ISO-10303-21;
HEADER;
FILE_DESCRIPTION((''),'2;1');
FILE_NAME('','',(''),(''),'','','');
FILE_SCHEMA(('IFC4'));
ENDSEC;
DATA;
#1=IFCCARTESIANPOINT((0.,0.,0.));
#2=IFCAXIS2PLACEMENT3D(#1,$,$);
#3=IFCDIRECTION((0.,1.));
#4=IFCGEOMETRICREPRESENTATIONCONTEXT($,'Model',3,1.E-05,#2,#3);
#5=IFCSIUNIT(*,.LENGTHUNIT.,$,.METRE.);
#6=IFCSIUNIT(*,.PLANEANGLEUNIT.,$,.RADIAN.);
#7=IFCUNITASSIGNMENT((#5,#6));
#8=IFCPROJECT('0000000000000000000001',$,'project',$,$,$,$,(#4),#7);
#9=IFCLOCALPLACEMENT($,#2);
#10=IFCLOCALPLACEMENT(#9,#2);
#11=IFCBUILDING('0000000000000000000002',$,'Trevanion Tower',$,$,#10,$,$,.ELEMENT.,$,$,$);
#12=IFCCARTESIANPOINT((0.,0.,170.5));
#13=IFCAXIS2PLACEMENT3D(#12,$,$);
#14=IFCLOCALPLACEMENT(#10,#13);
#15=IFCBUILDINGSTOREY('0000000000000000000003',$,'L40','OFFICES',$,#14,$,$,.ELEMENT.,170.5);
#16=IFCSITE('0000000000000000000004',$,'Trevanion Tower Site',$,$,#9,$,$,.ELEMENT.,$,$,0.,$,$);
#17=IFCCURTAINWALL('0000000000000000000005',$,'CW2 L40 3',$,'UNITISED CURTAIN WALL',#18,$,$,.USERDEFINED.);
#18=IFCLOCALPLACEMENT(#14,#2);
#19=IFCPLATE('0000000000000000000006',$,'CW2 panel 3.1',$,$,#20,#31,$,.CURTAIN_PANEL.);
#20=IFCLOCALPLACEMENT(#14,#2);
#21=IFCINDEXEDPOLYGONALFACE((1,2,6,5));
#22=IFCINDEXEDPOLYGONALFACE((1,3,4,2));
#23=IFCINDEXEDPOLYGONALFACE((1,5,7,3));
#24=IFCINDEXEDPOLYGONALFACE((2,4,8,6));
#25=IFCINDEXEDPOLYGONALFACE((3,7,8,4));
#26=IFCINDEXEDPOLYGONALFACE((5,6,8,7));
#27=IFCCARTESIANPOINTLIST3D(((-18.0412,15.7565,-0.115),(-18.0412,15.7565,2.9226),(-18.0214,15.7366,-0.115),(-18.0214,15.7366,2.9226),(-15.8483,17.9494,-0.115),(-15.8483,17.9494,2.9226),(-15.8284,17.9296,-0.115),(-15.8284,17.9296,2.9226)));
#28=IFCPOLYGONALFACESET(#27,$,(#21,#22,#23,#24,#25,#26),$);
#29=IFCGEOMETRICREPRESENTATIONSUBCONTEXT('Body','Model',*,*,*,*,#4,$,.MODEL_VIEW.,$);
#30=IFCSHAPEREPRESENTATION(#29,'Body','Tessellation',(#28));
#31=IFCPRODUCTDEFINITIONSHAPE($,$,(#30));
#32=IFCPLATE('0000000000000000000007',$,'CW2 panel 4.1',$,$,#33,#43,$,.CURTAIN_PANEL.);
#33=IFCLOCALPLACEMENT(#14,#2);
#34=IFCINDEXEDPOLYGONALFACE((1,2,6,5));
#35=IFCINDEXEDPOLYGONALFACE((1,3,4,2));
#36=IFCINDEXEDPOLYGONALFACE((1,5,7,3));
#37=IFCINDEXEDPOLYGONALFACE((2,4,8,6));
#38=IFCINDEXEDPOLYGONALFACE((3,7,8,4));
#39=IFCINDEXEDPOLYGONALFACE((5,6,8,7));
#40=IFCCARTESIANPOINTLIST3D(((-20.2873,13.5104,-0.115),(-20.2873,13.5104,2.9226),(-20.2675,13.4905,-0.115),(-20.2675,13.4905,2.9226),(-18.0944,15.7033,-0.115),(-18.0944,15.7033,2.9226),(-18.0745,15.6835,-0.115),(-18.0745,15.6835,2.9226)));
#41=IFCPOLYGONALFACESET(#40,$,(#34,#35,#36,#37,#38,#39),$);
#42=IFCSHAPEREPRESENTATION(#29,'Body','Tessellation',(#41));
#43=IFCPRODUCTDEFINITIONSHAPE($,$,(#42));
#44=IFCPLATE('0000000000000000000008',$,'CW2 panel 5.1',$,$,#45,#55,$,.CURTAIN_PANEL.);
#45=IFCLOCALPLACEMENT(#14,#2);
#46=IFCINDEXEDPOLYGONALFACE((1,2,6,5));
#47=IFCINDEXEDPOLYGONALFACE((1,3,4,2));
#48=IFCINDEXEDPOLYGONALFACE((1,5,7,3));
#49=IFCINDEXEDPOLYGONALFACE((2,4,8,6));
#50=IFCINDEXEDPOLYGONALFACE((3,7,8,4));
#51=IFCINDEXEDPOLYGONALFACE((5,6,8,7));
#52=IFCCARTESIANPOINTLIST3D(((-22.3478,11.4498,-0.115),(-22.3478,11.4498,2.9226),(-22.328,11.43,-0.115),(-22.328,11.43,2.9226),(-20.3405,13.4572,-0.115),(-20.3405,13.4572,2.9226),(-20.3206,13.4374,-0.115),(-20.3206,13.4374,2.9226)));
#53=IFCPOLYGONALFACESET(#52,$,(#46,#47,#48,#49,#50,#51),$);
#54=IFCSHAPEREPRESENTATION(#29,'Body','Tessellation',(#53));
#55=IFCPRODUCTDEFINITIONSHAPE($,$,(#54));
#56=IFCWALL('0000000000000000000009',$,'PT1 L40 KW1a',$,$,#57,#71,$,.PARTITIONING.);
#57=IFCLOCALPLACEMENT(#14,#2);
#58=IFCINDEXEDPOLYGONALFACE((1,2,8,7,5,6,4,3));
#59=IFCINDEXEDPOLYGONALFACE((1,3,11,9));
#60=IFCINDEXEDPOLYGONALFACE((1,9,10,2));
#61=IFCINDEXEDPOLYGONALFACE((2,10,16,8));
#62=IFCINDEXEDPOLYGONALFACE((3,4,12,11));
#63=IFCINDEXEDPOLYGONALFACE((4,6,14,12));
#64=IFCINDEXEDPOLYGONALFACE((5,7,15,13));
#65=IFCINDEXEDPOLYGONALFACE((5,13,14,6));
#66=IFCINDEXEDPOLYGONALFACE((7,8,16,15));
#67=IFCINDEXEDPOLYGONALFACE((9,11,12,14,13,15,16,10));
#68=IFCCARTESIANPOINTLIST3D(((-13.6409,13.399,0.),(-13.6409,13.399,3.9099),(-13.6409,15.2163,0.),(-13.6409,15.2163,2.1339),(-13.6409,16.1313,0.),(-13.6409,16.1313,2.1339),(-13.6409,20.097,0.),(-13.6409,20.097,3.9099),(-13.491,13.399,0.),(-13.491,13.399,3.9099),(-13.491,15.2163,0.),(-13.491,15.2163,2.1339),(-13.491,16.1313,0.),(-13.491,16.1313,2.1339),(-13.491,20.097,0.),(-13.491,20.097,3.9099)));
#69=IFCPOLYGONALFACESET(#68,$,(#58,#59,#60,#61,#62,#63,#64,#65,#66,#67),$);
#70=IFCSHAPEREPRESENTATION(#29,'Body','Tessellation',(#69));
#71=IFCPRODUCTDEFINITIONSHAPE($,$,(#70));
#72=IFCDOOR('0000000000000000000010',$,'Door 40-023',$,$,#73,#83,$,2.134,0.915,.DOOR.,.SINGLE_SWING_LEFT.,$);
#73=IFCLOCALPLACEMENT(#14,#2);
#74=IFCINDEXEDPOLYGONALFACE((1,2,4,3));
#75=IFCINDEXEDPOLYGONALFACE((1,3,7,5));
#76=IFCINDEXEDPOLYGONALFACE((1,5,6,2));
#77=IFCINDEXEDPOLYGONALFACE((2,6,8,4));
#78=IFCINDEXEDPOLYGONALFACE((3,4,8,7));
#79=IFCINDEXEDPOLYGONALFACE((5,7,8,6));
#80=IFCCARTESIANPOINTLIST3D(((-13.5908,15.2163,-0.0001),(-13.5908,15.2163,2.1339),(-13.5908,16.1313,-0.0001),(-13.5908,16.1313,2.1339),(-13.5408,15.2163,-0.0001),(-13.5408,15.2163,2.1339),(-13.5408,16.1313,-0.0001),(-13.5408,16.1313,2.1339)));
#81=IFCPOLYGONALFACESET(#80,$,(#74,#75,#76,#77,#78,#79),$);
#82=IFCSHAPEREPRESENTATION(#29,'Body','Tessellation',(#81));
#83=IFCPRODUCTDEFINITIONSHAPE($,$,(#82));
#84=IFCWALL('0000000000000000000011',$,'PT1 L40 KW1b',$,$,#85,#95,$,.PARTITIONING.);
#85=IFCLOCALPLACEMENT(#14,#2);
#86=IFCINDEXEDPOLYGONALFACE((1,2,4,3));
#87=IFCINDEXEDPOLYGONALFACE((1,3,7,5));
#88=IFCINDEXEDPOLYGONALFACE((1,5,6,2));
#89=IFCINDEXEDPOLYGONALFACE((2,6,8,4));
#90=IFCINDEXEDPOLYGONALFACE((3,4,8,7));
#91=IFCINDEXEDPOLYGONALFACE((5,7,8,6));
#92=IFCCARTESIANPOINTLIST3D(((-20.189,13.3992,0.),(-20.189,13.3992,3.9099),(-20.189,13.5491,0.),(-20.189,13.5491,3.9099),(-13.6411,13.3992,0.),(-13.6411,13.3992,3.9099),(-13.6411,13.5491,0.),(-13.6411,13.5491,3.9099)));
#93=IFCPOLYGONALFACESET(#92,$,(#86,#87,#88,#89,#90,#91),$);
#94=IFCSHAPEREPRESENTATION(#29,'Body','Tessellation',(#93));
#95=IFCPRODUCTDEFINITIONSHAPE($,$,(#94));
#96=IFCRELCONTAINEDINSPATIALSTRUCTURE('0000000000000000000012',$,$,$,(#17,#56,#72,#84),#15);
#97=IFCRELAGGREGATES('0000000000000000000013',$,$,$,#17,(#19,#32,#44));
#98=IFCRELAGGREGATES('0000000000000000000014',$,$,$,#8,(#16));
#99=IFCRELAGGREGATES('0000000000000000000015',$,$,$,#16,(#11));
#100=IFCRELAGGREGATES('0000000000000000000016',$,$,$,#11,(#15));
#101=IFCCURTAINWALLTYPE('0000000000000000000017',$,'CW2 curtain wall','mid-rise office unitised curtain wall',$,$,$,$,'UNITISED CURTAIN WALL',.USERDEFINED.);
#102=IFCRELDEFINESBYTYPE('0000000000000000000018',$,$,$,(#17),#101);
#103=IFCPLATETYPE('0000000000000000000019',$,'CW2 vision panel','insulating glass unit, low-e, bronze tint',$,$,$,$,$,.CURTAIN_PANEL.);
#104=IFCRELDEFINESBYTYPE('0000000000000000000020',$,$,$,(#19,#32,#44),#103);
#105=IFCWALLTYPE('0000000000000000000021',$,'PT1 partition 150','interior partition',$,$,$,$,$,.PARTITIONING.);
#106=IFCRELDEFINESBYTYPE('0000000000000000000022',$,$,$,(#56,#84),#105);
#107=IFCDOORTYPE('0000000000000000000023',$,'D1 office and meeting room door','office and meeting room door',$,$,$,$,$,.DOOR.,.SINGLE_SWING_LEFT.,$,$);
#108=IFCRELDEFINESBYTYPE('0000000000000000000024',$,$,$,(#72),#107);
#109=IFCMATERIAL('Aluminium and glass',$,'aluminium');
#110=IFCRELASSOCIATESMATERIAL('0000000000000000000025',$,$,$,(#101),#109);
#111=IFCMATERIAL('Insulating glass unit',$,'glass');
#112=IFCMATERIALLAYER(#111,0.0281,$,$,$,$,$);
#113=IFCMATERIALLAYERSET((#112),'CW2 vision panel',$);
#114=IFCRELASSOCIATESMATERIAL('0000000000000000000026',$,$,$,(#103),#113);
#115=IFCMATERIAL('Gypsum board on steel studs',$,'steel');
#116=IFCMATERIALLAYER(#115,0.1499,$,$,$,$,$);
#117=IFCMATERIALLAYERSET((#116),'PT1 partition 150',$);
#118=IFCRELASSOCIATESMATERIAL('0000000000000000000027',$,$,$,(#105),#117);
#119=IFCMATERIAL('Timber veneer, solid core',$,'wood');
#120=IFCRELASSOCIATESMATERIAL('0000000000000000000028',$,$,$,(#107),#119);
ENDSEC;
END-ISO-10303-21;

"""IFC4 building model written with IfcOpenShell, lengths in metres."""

from ifc_helpers import new_model, si_unit, direction, frame, frame_2d, origin, origin_2d, place, context, subcontext, project, spatial, rectangle, extrude, material, layer, layer_set, type_object, element, fill, aggregate, save


model = new_model("IFC4")

# Units and contexts
model_context = context("Model", 3, precision=1e-05, world=origin(), true_north=direction((0.0, 1.0)))
body_context = subcontext(model_context, "Body", "Model", "MODEL_VIEW")
ifc_project = project(units=[si_unit("LENGTHUNIT", "METRE"), si_unit("PLANEANGLEUNIT", "RADIAN")], contexts=[model_context])

# Site, building, storey
site_placement = place(None, origin())
site = spatial("IfcSite", under=ifc_project, at=site_placement, Name="Trevanion Tower Site", CompositionType="ELEMENT", RefElevation=0.0)
building_placement = place(site_placement, origin())
building = spatial("IfcBuilding", under=site, at=building_placement, Name="Trevanion Tower", CompositionType="ELEMENT")
storey_placement = place(building_placement, frame((0.0, 0.0, 170.5)))
storey = spatial("IfcBuildingStorey", under=building, at=storey_placement, Name="L40", Description="OFFICES", CompositionType="ELEMENT", Elevation=170.5)

# Curtain wall
ifc_material_1 = material(Name="Aluminium and glass", Category="aluminium")
curtain_wall_type = type_object("IfcCurtainWallType", Name="CW2 curtain wall", Description="mid-rise office unitised curtain wall", ElementType="UNITISED CURTAIN WALL", PredefinedType="USERDEFINED", material=ifc_material_1)
curtain_wall_1_placement = place(storey_placement, origin())
curtain_wall_1 = element("IfcCurtainWall", 1, at=curtain_wall_1_placement, inside=storey, type_object=curtain_wall_type, Name="CW2 L40 3", ObjectType="UNITISED CURTAIN WALL", PredefinedType="USERDEFINED")

# Plates
ifc_material_2 = material(Name="Insulating glass unit", Category="glass")
ifc_layer_1 = layer(ifc_material_2, 0.0281)
ifc_layer_set_1 = layer_set([ifc_layer_1], Name="CW2 vision panel")
plate_type_1 = type_object("IfcPlateType", Name="CW2 vision panel", Description="insulating glass unit, low-e, bronze tint", PredefinedType="CURTAIN_PANEL", material=ifc_layer_set_1)
plate_1_placement = place(storey_placement, frame((-16.9348, 16.843, -0.115), z_axis=(0.0, 0.0, 1.0), x_axis=(-0.707107, -0.707107, 0.0)))
plate_1 = element("IfcPlate", 2, at=plate_1_placement, type_object=plate_type_1, Name="CW2 panel 3.1", PredefinedType="CURTAIN_PANEL", context=body_context, shape_type="SweptSolid", body=[
    extrude(rectangle(XDim=3.1013, YDim=0.0281, at=origin_2d()), origin(), (0.0, 0.0, 1.0), 3.0376),
])
plate_2_placement = place(storey_placement, frame((-19.1809, 14.5969, -0.115), z_axis=(0.0, 0.0, 1.0), x_axis=(-0.707107, -0.707107, 0.0)))
plate_2 = element("IfcPlate", 3, at=plate_2_placement, type_object=plate_type_1, Name="CW2 panel 4.1", PredefinedType="CURTAIN_PANEL", context=body_context, shape_type="SweptSolid", body=[
    extrude(rectangle(XDim=3.1013, YDim=0.0281, at=origin_2d()), origin(), (0.0, 0.0, 1.0), 3.0376),
])
plate_3_placement = place(storey_placement, frame((-21.3342, 12.4436, -0.115), z_axis=(0.0, 0.0, 1.0), x_axis=(-0.707107, -0.707107, 0.0)))
plate_3 = element("IfcPlate", 4, at=plate_3_placement, type_object=plate_type_1, Name="CW2 panel 5.1", PredefinedType="CURTAIN_PANEL", context=body_context, shape_type="SweptSolid", body=[
    extrude(rectangle(XDim=2.8389, YDim=0.0281, at=origin_2d()), origin(), (0.0, 0.0, 1.0), 3.0376),
])
aggregate(curtain_wall_1, [plate_1, plate_2, plate_3])

# Wall, opening, door
ifc_material_3 = material(Name="Gypsum board on steel studs", Category="steel")
ifc_layer_2 = layer(ifc_material_3, 0.1499)
ifc_layer_set_2 = layer_set([ifc_layer_2], Name="PT1 partition 150")
wall_type = type_object("IfcWallType", Name="PT1 partition 150", Description="interior partition", PredefinedType="PARTITIONING", material=ifc_layer_set_2)
wall_1_placement = place(storey_placement, frame((-13.5659, 13.3989, 0.0), z_axis=(0.0, 0.0, 1.0), x_axis=(0.0, 1.0, 0.0)))
wall_1 = element("IfcWall", 5, at=wall_1_placement, inside=storey, type_object=wall_type, Name="PT1 L40 KW1a", PredefinedType="PARTITIONING", context=body_context, shape_type="SweptSolid", body=[
    extrude(rectangle(XDim=6.698, YDim=0.1499, at=frame_2d((3.3491, 0.0))), origin(), (0.0, 0.0, 1.0), 3.9099),
])
opening_placement = place(wall_1_placement, frame((1.8174, 0.0, 0.0)))
opening = element("IfcOpeningElement", 6, at=opening_placement, cuts=wall_1, PredefinedType="OPENING", context=body_context, shape_type="SweptSolid", body=[
    extrude(rectangle(XDim=0.915, YDim=2.134, at=frame_2d((0.4575, 1.0669))), frame((0.0, 0.085, 0.0), z_axis=(0.0, -1.0, 0.0), x_axis=(1.0, 0.0, 0.0)), (0.0, 0.0, 1.0), 0.1699),
])
ifc_material_4 = material(Name="Timber veneer, solid core", Category="wood")
door_type = type_object("IfcDoorType", Name="D1 office and meeting room door", Description="office and meeting room door", OperationType="SINGLE_SWING_LEFT", PredefinedType="DOOR", material=ifc_material_4)
door_placement = place(opening_placement, origin())
door = element("IfcDoor", 7, at=door_placement, inside=storey, type_object=door_type, Name="Door 40-023", OperationType="SINGLE_SWING_LEFT", OverallHeight=2.134, OverallWidth=0.915, PredefinedType="DOOR", context=body_context, shape_type="SweptSolid", body=[
    extrude(rectangle(XDim=0.915, YDim=2.134, at=frame_2d((0.4575, 1.0669))), frame((0.0, 0.0249, 0.0), z_axis=(0.0, -1.0, 0.0), x_axis=(1.0, 0.0, 0.0)), (0.0, 0.0, 1.0), 0.05),
])
fill(opening, door)

# Wall
wall_2_placement = place(storey_placement, frame((-13.6411, 13.4741, 0.0), z_axis=(0.0, 0.0, 1.0), x_axis=(-1.0, 0.0, 0.0)))
element("IfcWall", 8, at=wall_2_placement, inside=storey, type_object=wall_type, Name="PT1 L40 KW1b", PredefinedType="PARTITIONING", context=body_context, shape_type="SweptSolid", body=[
    extrude(rectangle(XDim=6.5479, YDim=0.1499, at=frame_2d((3.2739, 0.0))), origin(), (0.0, 0.0, 1.0), 3.9099),
])

save(model, "model.ifc")
